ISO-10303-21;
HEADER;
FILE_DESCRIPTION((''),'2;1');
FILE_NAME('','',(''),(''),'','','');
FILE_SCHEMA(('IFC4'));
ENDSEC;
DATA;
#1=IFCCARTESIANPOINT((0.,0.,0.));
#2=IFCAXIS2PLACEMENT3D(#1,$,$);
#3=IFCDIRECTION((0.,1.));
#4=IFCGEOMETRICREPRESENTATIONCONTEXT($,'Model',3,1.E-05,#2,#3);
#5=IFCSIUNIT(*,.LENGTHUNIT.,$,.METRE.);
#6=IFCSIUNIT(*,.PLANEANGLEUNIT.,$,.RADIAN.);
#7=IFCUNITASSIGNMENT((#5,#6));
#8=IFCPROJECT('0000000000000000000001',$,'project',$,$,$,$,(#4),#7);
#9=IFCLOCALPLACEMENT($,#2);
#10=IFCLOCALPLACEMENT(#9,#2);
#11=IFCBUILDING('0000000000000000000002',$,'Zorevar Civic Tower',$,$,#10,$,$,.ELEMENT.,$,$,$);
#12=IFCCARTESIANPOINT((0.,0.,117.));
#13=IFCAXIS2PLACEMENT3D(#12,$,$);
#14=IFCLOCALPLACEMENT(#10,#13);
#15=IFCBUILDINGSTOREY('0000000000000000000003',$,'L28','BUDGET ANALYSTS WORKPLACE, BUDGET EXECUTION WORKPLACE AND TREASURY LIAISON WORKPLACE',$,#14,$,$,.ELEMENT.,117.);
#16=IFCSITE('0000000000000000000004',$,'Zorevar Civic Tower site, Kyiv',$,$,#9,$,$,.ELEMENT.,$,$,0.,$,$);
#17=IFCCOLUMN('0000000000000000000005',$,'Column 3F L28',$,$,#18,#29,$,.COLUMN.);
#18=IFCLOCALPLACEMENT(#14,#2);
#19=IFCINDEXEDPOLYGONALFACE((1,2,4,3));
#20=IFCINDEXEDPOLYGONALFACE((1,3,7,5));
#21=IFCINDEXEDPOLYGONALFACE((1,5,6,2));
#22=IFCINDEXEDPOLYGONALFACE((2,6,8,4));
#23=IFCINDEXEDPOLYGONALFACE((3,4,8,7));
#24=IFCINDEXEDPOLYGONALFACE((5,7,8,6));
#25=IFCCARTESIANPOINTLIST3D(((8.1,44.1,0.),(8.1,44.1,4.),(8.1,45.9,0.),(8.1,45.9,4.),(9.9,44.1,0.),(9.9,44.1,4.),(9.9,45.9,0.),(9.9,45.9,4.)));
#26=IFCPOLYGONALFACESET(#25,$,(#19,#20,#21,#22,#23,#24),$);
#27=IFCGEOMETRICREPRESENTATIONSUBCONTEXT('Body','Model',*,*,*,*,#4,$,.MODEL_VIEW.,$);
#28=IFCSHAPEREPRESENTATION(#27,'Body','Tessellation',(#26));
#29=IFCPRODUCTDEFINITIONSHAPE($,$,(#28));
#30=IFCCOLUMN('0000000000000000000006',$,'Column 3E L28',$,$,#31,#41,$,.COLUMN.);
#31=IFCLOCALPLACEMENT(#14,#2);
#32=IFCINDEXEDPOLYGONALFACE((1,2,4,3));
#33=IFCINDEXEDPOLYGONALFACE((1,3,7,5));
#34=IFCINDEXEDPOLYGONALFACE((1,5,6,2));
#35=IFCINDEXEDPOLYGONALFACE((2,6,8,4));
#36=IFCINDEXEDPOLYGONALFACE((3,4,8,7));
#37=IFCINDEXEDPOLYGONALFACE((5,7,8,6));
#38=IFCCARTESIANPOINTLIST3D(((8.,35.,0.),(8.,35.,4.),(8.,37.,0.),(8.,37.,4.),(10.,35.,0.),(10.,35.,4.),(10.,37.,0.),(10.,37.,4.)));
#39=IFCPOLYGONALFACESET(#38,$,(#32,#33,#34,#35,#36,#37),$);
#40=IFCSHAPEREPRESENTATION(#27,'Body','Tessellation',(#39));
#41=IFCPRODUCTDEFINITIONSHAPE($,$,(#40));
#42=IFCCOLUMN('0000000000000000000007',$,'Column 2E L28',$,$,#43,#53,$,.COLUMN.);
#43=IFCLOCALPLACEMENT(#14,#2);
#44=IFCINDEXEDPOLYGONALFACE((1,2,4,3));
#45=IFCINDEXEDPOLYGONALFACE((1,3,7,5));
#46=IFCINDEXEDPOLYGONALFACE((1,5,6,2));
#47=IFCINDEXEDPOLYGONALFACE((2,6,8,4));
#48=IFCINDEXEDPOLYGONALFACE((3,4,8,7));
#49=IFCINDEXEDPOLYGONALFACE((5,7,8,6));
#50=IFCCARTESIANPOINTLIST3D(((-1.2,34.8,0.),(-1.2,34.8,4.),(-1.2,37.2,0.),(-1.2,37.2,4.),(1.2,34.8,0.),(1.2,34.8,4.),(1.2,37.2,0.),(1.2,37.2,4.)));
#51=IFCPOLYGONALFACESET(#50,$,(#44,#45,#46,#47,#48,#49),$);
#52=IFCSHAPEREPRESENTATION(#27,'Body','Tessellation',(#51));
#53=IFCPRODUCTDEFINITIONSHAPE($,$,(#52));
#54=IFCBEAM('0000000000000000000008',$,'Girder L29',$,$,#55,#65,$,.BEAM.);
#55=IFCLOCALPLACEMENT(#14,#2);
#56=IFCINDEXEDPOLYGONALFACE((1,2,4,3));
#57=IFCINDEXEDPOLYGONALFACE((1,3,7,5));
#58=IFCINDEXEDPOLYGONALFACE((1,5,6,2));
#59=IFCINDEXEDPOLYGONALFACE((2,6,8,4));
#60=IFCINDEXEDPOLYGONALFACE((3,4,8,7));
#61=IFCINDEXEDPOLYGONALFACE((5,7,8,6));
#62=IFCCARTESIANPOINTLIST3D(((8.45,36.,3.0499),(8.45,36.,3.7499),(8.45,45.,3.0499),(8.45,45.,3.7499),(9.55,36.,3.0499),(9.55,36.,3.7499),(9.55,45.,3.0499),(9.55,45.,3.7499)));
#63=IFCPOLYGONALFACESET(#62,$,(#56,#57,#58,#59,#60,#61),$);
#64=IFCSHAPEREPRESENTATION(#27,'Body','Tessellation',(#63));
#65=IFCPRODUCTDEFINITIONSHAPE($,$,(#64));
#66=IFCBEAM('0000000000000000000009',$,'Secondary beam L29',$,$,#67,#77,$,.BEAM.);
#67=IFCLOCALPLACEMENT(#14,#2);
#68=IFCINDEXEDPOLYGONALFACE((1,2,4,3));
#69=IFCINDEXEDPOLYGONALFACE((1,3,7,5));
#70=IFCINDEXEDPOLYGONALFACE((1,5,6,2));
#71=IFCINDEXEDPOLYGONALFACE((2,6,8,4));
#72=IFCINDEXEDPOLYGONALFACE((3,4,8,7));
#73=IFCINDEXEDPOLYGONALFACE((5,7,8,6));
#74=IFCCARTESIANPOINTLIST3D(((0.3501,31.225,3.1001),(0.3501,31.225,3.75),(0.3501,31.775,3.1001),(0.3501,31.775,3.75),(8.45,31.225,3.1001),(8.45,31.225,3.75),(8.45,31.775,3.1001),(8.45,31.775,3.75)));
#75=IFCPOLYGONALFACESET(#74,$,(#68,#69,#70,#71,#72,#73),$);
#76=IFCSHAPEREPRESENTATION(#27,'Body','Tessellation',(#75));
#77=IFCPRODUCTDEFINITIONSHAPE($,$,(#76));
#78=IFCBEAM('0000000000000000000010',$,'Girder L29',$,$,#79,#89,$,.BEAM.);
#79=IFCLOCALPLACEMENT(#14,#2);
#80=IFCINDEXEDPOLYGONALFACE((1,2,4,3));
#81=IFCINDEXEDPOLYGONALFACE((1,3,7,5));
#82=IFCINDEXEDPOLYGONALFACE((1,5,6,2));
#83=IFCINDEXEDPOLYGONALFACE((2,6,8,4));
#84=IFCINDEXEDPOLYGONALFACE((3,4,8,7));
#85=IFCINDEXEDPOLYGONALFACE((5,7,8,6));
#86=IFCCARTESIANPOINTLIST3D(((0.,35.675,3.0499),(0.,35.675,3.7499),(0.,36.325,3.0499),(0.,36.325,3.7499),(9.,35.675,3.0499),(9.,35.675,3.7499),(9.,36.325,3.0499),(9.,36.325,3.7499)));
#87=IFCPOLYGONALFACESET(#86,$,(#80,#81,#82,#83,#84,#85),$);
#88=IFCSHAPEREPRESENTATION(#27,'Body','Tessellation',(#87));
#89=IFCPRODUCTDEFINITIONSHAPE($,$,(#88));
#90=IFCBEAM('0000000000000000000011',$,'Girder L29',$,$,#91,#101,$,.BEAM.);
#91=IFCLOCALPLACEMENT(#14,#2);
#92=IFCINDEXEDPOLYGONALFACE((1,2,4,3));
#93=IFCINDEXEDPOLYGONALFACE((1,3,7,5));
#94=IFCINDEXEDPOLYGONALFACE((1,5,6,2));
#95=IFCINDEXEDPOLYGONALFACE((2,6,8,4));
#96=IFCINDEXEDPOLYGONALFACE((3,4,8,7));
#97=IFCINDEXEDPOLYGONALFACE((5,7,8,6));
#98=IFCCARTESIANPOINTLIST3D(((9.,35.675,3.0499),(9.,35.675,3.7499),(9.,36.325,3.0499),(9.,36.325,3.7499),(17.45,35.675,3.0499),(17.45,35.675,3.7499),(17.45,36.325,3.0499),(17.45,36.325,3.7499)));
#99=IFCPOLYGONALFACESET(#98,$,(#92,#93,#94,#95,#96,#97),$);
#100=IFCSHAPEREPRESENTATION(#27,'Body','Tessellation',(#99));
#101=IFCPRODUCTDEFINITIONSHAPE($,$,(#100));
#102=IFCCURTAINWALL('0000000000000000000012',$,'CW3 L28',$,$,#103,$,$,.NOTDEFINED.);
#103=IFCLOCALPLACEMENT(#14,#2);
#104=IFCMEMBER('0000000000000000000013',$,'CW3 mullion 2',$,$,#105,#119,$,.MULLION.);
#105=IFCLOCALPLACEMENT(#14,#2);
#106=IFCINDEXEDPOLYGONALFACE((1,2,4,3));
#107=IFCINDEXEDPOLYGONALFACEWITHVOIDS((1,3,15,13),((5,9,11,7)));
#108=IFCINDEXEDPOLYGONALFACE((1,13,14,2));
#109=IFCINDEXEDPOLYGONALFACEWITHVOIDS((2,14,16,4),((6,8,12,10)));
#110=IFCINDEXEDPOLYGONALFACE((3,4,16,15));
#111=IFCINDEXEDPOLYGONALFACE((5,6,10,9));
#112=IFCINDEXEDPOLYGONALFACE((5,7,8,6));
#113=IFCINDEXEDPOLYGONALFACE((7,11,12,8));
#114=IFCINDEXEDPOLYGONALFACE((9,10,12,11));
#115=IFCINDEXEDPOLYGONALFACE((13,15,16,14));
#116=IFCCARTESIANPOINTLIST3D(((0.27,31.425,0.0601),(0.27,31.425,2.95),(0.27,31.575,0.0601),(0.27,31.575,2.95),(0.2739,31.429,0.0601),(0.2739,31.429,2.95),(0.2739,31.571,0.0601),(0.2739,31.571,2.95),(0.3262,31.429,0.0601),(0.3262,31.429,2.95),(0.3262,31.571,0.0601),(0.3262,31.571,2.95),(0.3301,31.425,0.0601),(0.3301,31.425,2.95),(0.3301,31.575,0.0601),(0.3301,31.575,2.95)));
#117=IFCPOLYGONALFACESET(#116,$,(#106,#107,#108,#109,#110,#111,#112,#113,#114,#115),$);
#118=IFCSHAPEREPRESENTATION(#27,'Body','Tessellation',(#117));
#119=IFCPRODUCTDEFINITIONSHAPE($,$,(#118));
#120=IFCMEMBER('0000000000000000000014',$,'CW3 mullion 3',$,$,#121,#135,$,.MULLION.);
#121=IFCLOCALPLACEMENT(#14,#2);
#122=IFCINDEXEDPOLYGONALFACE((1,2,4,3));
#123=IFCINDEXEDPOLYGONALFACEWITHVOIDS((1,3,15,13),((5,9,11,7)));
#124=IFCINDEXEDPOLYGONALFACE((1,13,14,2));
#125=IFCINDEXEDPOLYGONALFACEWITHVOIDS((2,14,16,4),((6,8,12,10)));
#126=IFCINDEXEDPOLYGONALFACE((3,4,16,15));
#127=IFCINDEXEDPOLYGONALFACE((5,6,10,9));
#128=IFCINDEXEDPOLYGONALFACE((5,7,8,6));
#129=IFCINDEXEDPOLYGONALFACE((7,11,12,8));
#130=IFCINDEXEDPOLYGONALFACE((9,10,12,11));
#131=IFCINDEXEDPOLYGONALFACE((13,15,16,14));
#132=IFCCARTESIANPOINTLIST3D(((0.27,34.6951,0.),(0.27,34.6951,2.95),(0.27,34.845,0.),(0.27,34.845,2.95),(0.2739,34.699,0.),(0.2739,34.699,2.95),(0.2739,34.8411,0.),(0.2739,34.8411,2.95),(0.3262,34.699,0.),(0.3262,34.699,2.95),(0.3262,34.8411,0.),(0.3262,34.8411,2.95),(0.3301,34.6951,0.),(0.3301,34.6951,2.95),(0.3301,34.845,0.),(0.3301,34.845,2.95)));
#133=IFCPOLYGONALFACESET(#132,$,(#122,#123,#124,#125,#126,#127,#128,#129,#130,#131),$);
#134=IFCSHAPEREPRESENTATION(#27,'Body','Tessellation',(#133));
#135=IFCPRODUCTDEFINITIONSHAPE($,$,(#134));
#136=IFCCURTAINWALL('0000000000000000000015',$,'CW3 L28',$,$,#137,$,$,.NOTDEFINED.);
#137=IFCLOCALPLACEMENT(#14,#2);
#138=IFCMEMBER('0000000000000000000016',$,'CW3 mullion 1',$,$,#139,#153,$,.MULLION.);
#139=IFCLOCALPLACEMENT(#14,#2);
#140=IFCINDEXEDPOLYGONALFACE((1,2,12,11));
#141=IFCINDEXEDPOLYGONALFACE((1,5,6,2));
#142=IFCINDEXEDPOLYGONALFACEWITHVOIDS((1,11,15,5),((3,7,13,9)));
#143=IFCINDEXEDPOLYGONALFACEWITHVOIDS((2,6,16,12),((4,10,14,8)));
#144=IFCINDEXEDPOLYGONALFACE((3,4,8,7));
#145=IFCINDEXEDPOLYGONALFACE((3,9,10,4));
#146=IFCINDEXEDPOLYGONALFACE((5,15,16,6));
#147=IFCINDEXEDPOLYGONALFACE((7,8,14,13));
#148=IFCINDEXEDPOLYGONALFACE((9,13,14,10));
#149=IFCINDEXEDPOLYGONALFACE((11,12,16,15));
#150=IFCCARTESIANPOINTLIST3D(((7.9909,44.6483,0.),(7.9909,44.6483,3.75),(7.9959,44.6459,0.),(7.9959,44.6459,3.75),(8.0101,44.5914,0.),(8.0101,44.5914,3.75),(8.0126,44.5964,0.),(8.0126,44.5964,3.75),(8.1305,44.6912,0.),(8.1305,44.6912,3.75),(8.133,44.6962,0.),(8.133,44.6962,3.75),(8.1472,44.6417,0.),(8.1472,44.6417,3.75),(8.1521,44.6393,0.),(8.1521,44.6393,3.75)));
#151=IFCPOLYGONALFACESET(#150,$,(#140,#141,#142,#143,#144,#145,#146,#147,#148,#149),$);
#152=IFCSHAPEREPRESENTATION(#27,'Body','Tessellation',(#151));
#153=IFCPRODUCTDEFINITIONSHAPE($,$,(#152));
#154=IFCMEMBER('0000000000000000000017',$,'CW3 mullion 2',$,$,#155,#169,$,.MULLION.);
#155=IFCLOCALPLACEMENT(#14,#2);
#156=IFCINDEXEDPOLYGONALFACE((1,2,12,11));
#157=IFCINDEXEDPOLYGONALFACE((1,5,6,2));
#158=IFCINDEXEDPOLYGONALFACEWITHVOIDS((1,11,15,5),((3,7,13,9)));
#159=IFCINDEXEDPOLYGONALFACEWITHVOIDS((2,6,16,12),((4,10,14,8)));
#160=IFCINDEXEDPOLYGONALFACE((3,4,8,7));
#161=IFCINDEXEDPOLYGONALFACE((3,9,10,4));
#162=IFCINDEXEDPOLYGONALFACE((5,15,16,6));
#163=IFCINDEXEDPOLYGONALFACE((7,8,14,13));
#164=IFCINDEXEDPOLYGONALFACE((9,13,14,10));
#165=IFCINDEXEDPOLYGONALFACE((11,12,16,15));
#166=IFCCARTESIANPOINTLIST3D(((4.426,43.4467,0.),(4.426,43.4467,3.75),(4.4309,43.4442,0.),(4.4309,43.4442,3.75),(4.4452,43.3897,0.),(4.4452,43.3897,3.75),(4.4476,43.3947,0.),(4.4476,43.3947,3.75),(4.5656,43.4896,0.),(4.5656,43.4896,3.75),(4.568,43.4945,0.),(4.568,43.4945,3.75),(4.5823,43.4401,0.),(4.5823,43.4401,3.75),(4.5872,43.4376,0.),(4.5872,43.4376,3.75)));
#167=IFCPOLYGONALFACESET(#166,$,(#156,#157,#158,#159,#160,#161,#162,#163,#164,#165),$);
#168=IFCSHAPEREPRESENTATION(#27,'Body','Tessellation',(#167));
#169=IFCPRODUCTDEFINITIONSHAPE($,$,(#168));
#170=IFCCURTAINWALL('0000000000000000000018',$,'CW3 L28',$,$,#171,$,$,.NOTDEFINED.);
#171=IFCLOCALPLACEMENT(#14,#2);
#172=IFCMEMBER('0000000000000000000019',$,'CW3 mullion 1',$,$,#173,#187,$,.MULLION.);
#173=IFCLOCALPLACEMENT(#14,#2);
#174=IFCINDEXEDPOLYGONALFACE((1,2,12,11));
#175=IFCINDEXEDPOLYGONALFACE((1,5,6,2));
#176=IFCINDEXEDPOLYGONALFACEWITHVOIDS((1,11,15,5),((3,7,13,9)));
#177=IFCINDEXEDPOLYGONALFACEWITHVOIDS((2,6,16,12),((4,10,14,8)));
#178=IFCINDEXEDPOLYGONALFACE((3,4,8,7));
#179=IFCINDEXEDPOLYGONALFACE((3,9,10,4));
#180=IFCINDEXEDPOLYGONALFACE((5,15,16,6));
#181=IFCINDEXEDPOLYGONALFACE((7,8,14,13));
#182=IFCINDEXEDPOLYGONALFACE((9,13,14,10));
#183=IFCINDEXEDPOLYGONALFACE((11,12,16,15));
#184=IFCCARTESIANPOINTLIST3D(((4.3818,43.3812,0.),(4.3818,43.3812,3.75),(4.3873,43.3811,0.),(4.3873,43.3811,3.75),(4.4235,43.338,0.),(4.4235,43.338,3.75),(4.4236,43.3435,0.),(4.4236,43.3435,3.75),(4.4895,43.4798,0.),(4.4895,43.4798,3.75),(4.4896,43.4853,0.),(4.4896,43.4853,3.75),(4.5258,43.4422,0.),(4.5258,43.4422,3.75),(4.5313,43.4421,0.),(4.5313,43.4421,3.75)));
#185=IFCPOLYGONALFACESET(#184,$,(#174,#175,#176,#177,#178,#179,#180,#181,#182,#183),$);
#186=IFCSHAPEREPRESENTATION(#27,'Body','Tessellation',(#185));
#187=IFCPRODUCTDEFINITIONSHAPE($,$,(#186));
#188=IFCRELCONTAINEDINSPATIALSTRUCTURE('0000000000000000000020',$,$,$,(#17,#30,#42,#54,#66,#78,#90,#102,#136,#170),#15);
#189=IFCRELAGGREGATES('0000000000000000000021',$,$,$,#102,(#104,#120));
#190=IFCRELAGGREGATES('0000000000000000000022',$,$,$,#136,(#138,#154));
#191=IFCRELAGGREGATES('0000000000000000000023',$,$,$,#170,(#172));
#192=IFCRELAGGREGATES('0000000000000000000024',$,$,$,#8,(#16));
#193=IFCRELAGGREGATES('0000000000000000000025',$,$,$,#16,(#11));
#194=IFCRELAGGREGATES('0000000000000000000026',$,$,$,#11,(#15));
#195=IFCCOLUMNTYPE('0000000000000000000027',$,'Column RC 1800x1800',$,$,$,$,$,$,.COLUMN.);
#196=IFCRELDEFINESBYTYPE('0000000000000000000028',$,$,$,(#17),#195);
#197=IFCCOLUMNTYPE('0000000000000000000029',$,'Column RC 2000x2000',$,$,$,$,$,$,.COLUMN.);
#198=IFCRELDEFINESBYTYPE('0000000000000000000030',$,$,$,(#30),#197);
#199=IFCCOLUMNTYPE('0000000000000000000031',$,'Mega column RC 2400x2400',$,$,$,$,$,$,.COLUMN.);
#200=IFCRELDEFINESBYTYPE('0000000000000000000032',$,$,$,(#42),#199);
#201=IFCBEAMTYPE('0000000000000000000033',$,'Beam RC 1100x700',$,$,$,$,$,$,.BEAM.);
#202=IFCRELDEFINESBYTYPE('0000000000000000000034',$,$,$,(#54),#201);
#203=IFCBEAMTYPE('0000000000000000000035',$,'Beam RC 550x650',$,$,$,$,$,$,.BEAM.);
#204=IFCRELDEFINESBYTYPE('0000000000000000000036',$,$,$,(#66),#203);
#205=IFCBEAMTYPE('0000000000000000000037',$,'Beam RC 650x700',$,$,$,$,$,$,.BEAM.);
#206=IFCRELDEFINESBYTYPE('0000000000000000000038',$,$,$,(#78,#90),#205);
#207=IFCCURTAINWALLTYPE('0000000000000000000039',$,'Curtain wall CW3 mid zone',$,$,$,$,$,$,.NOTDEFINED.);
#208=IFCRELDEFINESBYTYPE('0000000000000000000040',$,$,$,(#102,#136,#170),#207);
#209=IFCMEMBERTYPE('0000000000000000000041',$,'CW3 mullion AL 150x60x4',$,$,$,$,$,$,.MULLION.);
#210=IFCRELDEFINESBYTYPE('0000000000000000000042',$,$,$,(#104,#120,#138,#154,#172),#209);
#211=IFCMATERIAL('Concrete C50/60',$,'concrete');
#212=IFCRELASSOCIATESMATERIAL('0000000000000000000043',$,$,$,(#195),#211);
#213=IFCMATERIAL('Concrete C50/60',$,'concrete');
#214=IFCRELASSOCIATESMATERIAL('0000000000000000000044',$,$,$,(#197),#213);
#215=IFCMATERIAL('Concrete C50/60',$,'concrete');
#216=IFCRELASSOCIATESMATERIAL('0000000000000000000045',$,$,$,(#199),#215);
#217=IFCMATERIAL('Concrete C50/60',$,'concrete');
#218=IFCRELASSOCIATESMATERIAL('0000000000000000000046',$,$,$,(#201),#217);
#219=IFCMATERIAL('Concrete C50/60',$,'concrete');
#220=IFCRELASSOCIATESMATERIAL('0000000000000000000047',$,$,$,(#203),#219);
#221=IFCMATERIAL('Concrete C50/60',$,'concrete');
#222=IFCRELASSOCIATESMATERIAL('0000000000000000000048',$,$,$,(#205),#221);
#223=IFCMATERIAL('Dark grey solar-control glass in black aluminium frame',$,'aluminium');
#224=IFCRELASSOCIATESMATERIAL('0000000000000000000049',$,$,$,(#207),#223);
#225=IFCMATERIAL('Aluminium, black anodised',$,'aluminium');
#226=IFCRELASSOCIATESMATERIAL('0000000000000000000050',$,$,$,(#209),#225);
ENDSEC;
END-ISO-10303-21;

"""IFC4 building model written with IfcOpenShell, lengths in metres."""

from ifc_helpers import new_model, si_unit, direction, frame, origin, origin_2d, place, context, subcontext, project, spatial, rectangle, hollow_rectangle, extrude, material, material_profile, profile_set, type_object, element, aggregate, save


model = new_model("IFC4")

# Units and contexts
model_context = context("Model", 3, precision=1e-05, world=origin(), true_north=direction((0.0, 1.0)))
body_context = subcontext(model_context, "Body", "Model", "MODEL_VIEW")
ifc_project = project(units=[si_unit("LENGTHUNIT", "METRE"), si_unit("PLANEANGLEUNIT", "RADIAN")], contexts=[model_context])

# Site, building, storey
site_placement = place(None, origin())
site = spatial("IfcSite", under=ifc_project, at=site_placement, Name="Zorevar Civic Tower site, Kyiv", CompositionType="ELEMENT", RefElevation=0.0)
building_placement = place(site_placement, origin())
building = spatial("IfcBuilding", under=site, at=building_placement, Name="Zorevar Civic Tower", CompositionType="ELEMENT")
storey_placement = place(building_placement, frame((0.0, 0.0, 117.0)))
storey = spatial("IfcBuildingStorey", under=building, at=storey_placement, Name="L28", Description="BUDGET ANALYSTS WORKPLACE, BUDGET EXECUTION WORKPLACE AND TREASURY LIAISON WORKPLACE", CompositionType="ELEMENT", Elevation=117.0)

# Columns
ifc_material_1 = material(Name="Concrete C50/60", Category="concrete")
ifc_material_profile_1 = material_profile(ifc_material_1, rectangle(XDim=1.8, YDim=1.8, at=origin_2d()), Name="RC 1800x1800")
ifc_profile_set_1 = profile_set([ifc_material_profile_1], Name="Concrete C50/60")
column_type_1 = type_object("IfcColumnType", Name="Column RC 1800x1800", PredefinedType="COLUMN", material=ifc_profile_set_1)
column_1_placement = place(storey_placement, frame((9.0, 45.0, 0.0), z_axis=(0.0, 0.0, 1.0), x_axis=(1.0, 0.0, 0.0)))
element("IfcColumn", 1, at=column_1_placement, inside=storey, type_object=column_type_1, Name="Column 3F L28", PredefinedType="COLUMN", context=body_context, shape_type="SweptSolid", body=[
    extrude(rectangle(XDim=1.8, YDim=1.8, at=origin_2d()), origin(), (0.0, 0.0, 1.0), 4.0),
])
ifc_material_2 = material(Name="Concrete C50/60", Category="concrete")
ifc_material_profile_2 = material_profile(ifc_material_2, rectangle(XDim=2.0, YDim=2.0, at=origin_2d()), Name="RC 2000x2000")
ifc_profile_set_2 = profile_set([ifc_material_profile_2], Name="Concrete C50/60")
column_type_2 = type_object("IfcColumnType", Name="Column RC 2000x2000", PredefinedType="COLUMN", material=ifc_profile_set_2)
column_2_placement = place(storey_placement, frame((9.0, 36.0, 0.0), z_axis=(0.0, 0.0, 1.0), x_axis=(1.0, 0.0, 0.0)))
element("IfcColumn", 2, at=column_2_placement, inside=storey, type_object=column_type_2, Name="Column 3E L28", PredefinedType="COLUMN", context=body_context, shape_type="SweptSolid", body=[
    extrude(rectangle(XDim=2.0, YDim=2.0, at=origin_2d()), origin(), (0.0, 0.0, 1.0), 4.0),
])
ifc_material_3 = material(Name="Concrete C50/60", Category="concrete")
ifc_material_profile_3 = material_profile(ifc_material_3, rectangle(XDim=2.3999, YDim=2.3999, at=origin_2d()), Name="RC 2400x2400")
ifc_profile_set_3 = profile_set([ifc_material_profile_3], Name="Concrete C50/60")
column_type_3 = type_object("IfcColumnType", Name="Mega column RC 2400x2400", PredefinedType="COLUMN", material=ifc_profile_set_3)
column_3_placement = place(storey_placement, frame((0.0, 36.0, 0.0), z_axis=(0.0, 0.0, 1.0), x_axis=(1.0, 0.0, 0.0)))
element("IfcColumn", 3, at=column_3_placement, inside=storey, type_object=column_type_3, Name="Column 2E L28", PredefinedType="COLUMN", context=body_context, shape_type="SweptSolid", body=[
    extrude(rectangle(XDim=2.3999, YDim=2.3999, at=origin_2d()), origin(), (0.0, 0.0, 1.0), 4.0),
])

# Beams
ifc_material_4 = material(Name="Concrete C50/60", Category="concrete")
ifc_material_profile_4 = material_profile(ifc_material_4, rectangle(XDim=1.1001, YDim=0.7, at=origin_2d()), Name="RC 1100x700")
ifc_profile_set_4 = profile_set([ifc_material_profile_4], Name="Concrete C50/60")
beam_type_1 = type_object("IfcBeamType", Name="Beam RC 1100x700", PredefinedType="BEAM", material=ifc_profile_set_4)
beam_1_placement = place(storey_placement, frame((9.0, 36.0, 3.3999), z_axis=(0.0, 1.0, 0.0), x_axis=(-1.0, 0.0, 0.0)))
element("IfcBeam", 4, at=beam_1_placement, inside=storey, type_object=beam_type_1, Name="Girder L29", PredefinedType="BEAM", context=body_context, shape_type="SweptSolid", body=[
    extrude(rectangle(XDim=1.1001, YDim=0.7, at=origin_2d()), origin(), (0.0, 0.0, 1.0), 9.0),
])
ifc_material_5 = material(Name="Concrete C50/60", Category="concrete")
ifc_material_profile_5 = material_profile(ifc_material_5, rectangle(XDim=0.55, YDim=0.6499, at=origin_2d()), Name="RC 550x650")
ifc_profile_set_5 = profile_set([ifc_material_profile_5], Name="Concrete C50/60")
beam_type_2 = type_object("IfcBeamType", Name="Beam RC 550x650", PredefinedType="BEAM", material=ifc_profile_set_5)
beam_2_placement = place(storey_placement, frame((0.3501, 31.5, 3.425), z_axis=(1.0, 0.0, 0.0), x_axis=(0.0, 1.0, 0.0)))
element("IfcBeam", 5, at=beam_2_placement, inside=storey, type_object=beam_type_2, Name="Secondary beam L29", PredefinedType="BEAM", context=body_context, shape_type="SweptSolid", body=[
    extrude(rectangle(XDim=0.55, YDim=0.6499, at=origin_2d()), origin(), (0.0, 0.0, 1.0), 8.0999),
])
ifc_material_6 = material(Name="Concrete C50/60", Category="concrete")
ifc_material_profile_6 = material_profile(ifc_material_6, rectangle(XDim=0.6499, YDim=0.7, at=origin_2d()), Name="RC 650x700")
ifc_profile_set_6 = profile_set([ifc_material_profile_6], Name="Concrete C50/60")
beam_type_3 = type_object("IfcBeamType", Name="Beam RC 650x700", PredefinedType="BEAM", material=ifc_profile_set_6)
beam_3_placement = place(storey_placement, frame((0.0, 36.0, 3.3999), z_axis=(1.0, 0.0, 0.0), x_axis=(0.0, 1.0, 0.0)))
element("IfcBeam", 6, at=beam_3_placement, inside=storey, type_object=beam_type_3, Name="Girder L29", PredefinedType="BEAM", context=body_context, shape_type="SweptSolid", body=[
    extrude(rectangle(XDim=0.6499, YDim=0.7, at=origin_2d()), origin(), (0.0, 0.0, 1.0), 9.0),
])
beam_4_placement = place(storey_placement, frame((9.0, 36.0, 3.3999), z_axis=(1.0, 0.0, 0.0), x_axis=(0.0, 1.0, 0.0)))
element("IfcBeam", 7, at=beam_4_placement, inside=storey, type_object=beam_type_3, Name="Girder L29", PredefinedType="BEAM", context=body_context, shape_type="SweptSolid", body=[
    extrude(rectangle(XDim=0.6499, YDim=0.7, at=origin_2d()), origin(), (0.0, 0.0, 1.0), 8.45),
])

# Curtain walls, members
ifc_material_7 = material(Name="Dark grey solar-control glass in black aluminium frame", Category="aluminium")
curtain_wall_type = type_object("IfcCurtainWallType", Name="Curtain wall CW3 mid zone", PredefinedType="NOTDEFINED", material=ifc_material_7)
curtain_wall_1_placement = place(storey_placement, origin())
curtain_wall_1 = element("IfcCurtainWall", 8, at=curtain_wall_1_placement, inside=storey, type_object=curtain_wall_type, Name="CW3 L28", PredefinedType="NOTDEFINED")
ifc_material_8 = material(Name="Aluminium, black anodised", Category="aluminium")
ifc_material_profile_7 = material_profile(ifc_material_8, hollow_rectangle(XDim=0.0601, YDim=0.1499, WallThickness=0.0039, at=origin_2d()), Name="AL 150x60x4")
ifc_profile_set_7 = profile_set([ifc_material_profile_7], Name="Aluminium, black anodised")
member_type_1 = type_object("IfcMemberType", Name="CW3 mullion AL 150x60x4", PredefinedType="MULLION", material=ifc_profile_set_7)
member_1_placement = place(storey_placement, frame((0.3, 31.5, 0.0601), z_axis=(0.0, 0.0, 1.0), x_axis=(-1.0, 0.0, 0.0)))
member_1 = element("IfcMember", 9, at=member_1_placement, type_object=member_type_1, Name="CW3 mullion 2", PredefinedType="MULLION", context=body_context, shape_type="SweptSolid", body=[
    extrude(hollow_rectangle(XDim=0.0601, YDim=0.1499, WallThickness=0.0039, at=origin_2d()), origin(), (0.0, 0.0, 1.0), 2.8899),
])
member_2_placement = place(storey_placement, frame((0.3, 34.77, 0.0), z_axis=(0.0, 0.0, 1.0), x_axis=(-1.0, 0.0, 0.0)))
member_2 = element("IfcMember", 10, at=member_2_placement, type_object=member_type_1, Name="CW3 mullion 3", PredefinedType="MULLION", context=body_context, shape_type="SweptSolid", body=[
    extrude(hollow_rectangle(XDim=0.0601, YDim=0.1499, WallThickness=0.0039, at=origin_2d()), origin(), (0.0, 0.0, 1.0), 2.95),
])
curtain_wall_2_placement = place(storey_placement, origin())
curtain_wall_2 = element("IfcCurtainWall", 11, at=curtain_wall_2_placement, inside=storey, type_object=curtain_wall_type, Name="CW3 L28", PredefinedType="NOTDEFINED")
member_3_placement = place(storey_placement, frame((8.0715, 44.6438, 0.0), z_axis=(0.0, 0.0, 1.0), x_axis=(0.319413, -0.947616, 0.0)))
member_3 = element("IfcMember", 12, at=member_3_placement, type_object=member_type_1, Name="CW3 mullion 1", PredefinedType="MULLION", context=body_context, shape_type="SweptSolid", body=[
    extrude(hollow_rectangle(XDim=0.0601, YDim=0.1499, WallThickness=0.0039, at=origin_2d()), origin(), (0.0, 0.0, 1.0), 3.75),
])
member_4_placement = place(storey_placement, frame((4.5066, 43.4421, 0.0), z_axis=(0.0, 0.0, 1.0), x_axis=(0.319413, -0.947616, 0.0)))
member_4 = element("IfcMember", 13, at=member_4_placement, type_object=member_type_1, Name="CW3 mullion 2", PredefinedType="MULLION", context=body_context, shape_type="SweptSolid", body=[
    extrude(hollow_rectangle(XDim=0.0601, YDim=0.1499, WallThickness=0.0039, at=origin_2d()), origin(), (0.0, 0.0, 1.0), 3.75),
])
curtain_wall_3_placement = place(storey_placement, origin())
curtain_wall_3 = element("IfcCurtainWall", 14, at=curtain_wall_3_placement, inside=storey, type_object=curtain_wall_type, Name="CW3 L28", PredefinedType="NOTDEFINED")
member_5_placement = place(storey_placement, frame((4.4565, 43.4116, 0.0), z_axis=(0.0, 0.0, 1.0), x_axis=(0.694719, -0.719281, 0.0)))
member_5 = element("IfcMember", 15, at=member_5_placement, type_object=member_type_1, Name="CW3 mullion 1", PredefinedType="MULLION", context=body_context, shape_type="SweptSolid", body=[
    extrude(hollow_rectangle(XDim=0.0601, YDim=0.1499, WallThickness=0.0039, at=origin_2d()), origin(), (0.0, 0.0, 1.0), 3.75),
])

aggregate(curtain_wall_1, [member_1, member_2])
aggregate(curtain_wall_2, [member_3, member_4])
aggregate(curtain_wall_3, [member_5])

save(model, "model.ifc")
